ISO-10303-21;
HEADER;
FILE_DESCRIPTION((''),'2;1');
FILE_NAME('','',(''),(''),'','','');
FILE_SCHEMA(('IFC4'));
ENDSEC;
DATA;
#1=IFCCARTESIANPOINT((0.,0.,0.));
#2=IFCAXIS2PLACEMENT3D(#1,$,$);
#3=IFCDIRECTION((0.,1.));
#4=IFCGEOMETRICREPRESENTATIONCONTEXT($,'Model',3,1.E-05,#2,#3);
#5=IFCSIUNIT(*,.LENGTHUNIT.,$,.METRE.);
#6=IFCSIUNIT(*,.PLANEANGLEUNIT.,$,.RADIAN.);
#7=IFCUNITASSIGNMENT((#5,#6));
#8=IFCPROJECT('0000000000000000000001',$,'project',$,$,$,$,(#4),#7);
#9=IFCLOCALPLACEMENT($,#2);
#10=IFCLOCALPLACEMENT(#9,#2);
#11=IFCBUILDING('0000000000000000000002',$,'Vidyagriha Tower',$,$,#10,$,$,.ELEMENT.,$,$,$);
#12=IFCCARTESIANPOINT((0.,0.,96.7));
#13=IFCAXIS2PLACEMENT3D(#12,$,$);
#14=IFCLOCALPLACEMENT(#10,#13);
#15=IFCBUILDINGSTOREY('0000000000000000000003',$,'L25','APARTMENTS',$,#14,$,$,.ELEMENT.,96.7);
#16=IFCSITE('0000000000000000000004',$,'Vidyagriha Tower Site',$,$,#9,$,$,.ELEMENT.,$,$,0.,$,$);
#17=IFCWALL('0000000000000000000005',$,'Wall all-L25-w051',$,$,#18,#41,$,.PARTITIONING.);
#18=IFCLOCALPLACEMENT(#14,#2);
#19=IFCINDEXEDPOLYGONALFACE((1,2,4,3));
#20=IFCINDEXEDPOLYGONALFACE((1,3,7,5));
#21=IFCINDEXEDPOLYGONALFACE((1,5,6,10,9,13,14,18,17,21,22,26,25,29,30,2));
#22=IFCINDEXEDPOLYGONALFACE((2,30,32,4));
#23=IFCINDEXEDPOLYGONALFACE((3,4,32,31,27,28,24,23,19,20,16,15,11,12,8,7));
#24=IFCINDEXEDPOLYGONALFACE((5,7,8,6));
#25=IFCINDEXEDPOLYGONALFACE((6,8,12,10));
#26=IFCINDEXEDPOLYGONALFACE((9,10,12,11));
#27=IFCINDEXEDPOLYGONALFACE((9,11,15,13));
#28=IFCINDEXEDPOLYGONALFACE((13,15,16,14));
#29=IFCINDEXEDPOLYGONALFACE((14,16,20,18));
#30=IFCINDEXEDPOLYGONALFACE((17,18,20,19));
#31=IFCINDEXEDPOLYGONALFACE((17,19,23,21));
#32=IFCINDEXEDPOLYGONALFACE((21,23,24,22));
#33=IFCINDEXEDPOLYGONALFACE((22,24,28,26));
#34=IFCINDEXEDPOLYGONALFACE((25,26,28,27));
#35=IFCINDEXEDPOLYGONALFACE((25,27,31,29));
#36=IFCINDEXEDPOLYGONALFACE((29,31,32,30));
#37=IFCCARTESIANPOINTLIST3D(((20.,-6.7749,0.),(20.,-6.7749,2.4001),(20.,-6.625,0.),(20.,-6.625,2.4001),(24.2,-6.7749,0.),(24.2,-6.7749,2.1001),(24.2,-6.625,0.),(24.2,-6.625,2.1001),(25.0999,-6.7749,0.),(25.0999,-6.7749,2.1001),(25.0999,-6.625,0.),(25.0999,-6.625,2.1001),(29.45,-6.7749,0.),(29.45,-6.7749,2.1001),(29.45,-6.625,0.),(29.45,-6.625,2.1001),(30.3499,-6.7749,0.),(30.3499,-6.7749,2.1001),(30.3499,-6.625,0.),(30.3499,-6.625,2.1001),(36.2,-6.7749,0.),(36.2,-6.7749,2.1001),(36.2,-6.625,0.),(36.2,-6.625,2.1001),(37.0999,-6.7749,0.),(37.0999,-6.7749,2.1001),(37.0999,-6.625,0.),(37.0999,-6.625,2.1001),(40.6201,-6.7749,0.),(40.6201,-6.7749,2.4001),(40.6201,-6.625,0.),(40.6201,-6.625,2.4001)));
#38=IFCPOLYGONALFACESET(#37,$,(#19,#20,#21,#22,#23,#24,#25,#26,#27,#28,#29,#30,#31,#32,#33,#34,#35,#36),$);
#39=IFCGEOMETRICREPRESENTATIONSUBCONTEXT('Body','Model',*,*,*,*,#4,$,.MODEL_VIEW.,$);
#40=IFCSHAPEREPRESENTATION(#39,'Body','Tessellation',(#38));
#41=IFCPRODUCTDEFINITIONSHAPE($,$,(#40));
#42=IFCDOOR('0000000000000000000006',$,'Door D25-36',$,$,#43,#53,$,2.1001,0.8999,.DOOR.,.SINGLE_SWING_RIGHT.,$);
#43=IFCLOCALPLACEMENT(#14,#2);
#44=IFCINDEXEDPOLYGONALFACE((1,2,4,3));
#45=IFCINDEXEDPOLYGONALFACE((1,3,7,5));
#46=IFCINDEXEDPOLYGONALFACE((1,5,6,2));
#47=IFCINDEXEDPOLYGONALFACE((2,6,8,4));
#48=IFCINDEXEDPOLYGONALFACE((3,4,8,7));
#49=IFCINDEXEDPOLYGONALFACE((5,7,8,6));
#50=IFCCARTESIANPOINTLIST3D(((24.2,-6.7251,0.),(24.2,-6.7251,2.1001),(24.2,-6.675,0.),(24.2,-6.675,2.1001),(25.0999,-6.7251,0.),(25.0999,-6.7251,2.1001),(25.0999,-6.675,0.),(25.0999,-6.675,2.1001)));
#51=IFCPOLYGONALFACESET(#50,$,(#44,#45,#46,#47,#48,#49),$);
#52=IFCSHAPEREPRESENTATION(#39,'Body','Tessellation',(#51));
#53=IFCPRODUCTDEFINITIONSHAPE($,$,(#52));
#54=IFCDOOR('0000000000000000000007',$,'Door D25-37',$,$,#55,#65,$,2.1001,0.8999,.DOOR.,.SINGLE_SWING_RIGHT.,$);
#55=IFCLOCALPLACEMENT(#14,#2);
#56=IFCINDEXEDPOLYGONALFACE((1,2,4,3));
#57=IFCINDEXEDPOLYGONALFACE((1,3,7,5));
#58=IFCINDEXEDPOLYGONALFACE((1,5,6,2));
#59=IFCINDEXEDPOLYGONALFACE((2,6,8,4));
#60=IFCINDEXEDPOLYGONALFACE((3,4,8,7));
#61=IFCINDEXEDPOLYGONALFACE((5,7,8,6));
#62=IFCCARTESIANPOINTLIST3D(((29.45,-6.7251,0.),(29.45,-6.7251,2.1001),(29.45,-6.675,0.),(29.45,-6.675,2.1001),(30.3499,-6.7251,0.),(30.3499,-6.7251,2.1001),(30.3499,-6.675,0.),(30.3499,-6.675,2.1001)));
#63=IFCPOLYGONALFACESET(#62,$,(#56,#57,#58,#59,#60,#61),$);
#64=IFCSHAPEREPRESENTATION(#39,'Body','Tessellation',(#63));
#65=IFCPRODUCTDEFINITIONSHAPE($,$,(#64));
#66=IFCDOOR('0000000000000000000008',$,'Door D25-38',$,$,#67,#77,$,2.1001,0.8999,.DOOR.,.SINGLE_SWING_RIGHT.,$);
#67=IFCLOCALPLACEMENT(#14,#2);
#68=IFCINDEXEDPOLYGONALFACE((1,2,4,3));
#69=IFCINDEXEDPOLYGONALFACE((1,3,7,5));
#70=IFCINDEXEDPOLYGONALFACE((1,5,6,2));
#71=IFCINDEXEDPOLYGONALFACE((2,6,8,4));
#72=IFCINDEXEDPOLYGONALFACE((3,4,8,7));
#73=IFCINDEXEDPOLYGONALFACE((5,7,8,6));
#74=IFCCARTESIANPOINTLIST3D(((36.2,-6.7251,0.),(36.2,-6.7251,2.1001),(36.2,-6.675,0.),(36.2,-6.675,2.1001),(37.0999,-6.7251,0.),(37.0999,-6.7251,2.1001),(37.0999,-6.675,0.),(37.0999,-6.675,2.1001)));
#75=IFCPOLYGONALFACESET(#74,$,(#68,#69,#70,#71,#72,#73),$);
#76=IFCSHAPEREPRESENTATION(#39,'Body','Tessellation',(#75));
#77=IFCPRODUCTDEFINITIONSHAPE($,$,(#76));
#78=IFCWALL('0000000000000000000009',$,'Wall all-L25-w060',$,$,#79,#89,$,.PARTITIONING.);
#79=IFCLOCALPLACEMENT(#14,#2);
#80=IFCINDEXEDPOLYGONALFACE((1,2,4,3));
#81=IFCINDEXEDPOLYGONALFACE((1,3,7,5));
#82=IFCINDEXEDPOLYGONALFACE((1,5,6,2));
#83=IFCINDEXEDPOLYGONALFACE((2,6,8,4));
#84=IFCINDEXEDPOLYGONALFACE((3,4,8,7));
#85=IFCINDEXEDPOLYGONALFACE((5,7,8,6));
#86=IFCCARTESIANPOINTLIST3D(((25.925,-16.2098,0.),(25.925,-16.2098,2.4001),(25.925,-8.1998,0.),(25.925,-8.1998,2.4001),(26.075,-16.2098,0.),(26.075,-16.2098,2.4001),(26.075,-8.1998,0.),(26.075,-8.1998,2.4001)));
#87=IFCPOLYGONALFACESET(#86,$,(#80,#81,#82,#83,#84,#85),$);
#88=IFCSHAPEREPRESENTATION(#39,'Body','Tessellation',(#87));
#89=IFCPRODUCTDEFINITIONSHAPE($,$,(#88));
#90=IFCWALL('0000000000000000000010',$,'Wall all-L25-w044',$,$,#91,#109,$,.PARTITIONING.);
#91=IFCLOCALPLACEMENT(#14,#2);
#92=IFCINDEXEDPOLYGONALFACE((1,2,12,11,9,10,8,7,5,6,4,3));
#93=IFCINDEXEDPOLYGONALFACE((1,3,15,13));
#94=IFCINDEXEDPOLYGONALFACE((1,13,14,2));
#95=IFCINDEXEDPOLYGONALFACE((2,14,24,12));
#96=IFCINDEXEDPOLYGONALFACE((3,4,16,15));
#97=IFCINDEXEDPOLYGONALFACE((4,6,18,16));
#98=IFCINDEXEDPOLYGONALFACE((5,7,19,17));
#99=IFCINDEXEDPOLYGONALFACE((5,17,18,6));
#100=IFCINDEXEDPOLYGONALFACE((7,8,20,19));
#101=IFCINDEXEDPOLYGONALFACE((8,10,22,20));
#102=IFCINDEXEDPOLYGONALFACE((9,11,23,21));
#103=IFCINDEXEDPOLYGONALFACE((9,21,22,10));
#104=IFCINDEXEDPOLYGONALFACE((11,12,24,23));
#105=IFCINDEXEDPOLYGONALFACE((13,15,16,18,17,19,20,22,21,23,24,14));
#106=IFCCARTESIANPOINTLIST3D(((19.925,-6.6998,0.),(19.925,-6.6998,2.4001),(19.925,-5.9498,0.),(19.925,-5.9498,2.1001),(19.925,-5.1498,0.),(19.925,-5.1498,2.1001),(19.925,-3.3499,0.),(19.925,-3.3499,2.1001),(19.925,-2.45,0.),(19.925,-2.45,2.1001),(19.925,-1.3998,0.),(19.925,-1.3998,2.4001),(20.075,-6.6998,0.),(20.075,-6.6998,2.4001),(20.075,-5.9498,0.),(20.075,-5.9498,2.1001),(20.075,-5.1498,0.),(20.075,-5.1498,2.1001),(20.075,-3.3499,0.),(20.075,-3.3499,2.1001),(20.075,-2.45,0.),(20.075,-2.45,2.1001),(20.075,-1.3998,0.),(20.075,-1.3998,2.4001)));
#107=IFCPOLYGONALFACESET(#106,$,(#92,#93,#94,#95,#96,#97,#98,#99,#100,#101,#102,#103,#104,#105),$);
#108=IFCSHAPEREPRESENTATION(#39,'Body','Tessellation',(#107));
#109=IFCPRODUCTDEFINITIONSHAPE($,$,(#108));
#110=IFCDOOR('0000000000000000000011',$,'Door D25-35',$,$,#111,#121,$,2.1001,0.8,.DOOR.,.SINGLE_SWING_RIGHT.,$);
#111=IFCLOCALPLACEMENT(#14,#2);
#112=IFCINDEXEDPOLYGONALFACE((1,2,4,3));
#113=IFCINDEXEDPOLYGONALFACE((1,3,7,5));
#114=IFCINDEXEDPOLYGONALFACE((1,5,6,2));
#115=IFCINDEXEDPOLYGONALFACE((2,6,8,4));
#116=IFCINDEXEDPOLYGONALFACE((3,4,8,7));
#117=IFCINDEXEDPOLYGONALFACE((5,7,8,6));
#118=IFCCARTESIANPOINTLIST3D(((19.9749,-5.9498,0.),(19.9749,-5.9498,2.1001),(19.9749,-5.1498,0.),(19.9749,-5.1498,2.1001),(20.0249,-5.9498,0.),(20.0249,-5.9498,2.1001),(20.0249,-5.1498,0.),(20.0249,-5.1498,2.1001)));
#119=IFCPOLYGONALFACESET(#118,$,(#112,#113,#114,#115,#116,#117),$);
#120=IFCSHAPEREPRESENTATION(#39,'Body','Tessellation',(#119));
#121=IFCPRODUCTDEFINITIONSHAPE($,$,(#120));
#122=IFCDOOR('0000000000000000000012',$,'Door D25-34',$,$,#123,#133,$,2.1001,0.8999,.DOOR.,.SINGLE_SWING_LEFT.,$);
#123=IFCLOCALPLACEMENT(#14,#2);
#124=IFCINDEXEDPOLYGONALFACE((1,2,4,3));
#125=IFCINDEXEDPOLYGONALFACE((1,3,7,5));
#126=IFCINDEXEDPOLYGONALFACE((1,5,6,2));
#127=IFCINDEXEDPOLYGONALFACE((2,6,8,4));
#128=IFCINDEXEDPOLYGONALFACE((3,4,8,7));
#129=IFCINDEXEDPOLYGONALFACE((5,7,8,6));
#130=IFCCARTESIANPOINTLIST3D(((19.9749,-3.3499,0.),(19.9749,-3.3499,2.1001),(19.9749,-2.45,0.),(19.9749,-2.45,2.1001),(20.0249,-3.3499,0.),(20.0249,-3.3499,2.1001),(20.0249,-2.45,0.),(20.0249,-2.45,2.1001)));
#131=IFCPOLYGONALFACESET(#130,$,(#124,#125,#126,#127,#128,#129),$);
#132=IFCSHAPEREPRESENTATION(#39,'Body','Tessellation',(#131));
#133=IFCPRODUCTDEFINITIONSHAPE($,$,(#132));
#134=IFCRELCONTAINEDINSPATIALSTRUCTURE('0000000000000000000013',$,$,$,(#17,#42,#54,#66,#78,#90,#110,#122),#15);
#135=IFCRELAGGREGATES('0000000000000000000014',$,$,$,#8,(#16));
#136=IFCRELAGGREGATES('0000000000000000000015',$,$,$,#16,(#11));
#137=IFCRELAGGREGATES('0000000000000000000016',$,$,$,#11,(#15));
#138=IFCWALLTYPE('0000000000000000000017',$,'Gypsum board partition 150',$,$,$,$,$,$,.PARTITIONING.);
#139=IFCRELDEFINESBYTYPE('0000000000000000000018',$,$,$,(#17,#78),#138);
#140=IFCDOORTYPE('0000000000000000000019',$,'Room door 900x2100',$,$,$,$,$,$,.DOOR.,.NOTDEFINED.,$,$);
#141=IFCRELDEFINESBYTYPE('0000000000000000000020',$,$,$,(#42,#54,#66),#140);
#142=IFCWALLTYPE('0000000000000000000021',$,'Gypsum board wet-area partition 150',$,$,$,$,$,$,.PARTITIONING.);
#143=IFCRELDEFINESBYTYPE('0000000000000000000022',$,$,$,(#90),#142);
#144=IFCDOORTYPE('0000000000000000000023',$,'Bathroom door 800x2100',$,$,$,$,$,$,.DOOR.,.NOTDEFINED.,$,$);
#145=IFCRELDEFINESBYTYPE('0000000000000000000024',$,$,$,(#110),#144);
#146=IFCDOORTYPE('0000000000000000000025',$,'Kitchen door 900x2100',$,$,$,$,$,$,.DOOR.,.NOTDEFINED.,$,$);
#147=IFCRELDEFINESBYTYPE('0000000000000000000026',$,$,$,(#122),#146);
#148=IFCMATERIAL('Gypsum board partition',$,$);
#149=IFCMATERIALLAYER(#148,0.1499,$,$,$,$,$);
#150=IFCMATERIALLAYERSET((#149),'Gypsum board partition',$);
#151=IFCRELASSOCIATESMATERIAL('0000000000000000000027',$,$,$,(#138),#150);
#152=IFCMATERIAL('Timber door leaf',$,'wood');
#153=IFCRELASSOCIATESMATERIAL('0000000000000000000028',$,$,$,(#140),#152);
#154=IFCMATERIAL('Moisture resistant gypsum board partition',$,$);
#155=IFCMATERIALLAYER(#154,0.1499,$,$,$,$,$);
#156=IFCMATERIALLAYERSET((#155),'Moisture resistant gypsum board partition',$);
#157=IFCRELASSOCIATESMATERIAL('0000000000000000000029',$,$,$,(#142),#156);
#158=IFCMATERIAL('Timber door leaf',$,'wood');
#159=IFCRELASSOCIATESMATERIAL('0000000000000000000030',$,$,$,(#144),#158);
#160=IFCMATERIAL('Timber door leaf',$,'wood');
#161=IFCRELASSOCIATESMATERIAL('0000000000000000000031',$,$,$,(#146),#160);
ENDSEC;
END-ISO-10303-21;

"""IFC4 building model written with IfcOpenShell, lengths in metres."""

from ifc_helpers import new_model, si_unit, direction, frame, frame_2d, origin, place, context, subcontext, project, spatial, rectangle, extrude, material, layer, layer_set, type_object, element, fill, save


model = new_model("IFC4")

# Units and contexts
model_context = context("Model", 3, precision=1e-05, world=origin(), true_north=direction((0.0, 1.0)))
body_context = subcontext(model_context, "Body", "Model", "MODEL_VIEW")
ifc_project = project(units=[si_unit("LENGTHUNIT", "METRE"), si_unit("PLANEANGLEUNIT", "RADIAN")], contexts=[model_context])

# Site, building, storey
site_placement = place(None, origin())
site = spatial("IfcSite", under=ifc_project, at=site_placement, Name="Vidyagriha Tower Site", CompositionType="ELEMENT", RefElevation=0.0)
building_placement = place(site_placement, origin())
building = spatial("IfcBuilding", under=site, at=building_placement, Name="Vidyagriha Tower", CompositionType="ELEMENT")
storey_placement = place(building_placement, frame((0.0, 0.0, 96.7)))
storey = spatial("IfcBuildingStorey", under=building, at=storey_placement, Name="L25", Description="APARTMENTS", CompositionType="ELEMENT", Elevation=96.7)

# Shared definitions
ifc_material_1 = material(Name="Gypsum board partition")
ifc_layer_1 = layer(ifc_material_1, 0.1499)
ifc_layer_set_1 = layer_set([ifc_layer_1], Name="Gypsum board partition")
wall_type_1 = type_object("IfcWallType", Name="Gypsum board partition 150", PredefinedType="PARTITIONING", material=ifc_layer_set_1)
ifc_material_2 = material(Name="Timber door leaf", Category="wood")
door_type_1 = type_object("IfcDoorType", Name="Room door 900x2100", OperationType="NOTDEFINED", PredefinedType="DOOR", material=ifc_material_2)

# Wall, openings, doors
wall_1_placement = place(storey_placement, frame((20.0, -6.7, 0.0)))
wall_1 = element("IfcWall", 1, at=wall_1_placement, inside=storey, type_object=wall_type_1, Name="Wall all-L25-w051", PredefinedType="PARTITIONING", context=body_context, shape_type="SweptSolid", body=[
    extrude(rectangle(XDim=20.6201, YDim=0.1499, at=frame_2d((10.3101, 0.0))), origin(), (0.0, 0.0, 1.0), 2.4001),
])
opening_1_placement = place(wall_1_placement, frame((4.2, 0.0, 0.0)))
opening_1 = element("IfcOpeningElement", 2, at=opening_1_placement, cuts=wall_1, PredefinedType="OPENING", context=body_context, shape_type="SweptSolid", body=[
    extrude(rectangle(XDim=0.8999, YDim=2.1001, at=frame_2d((0.45, 1.05))), frame((0.0, 0.085, 0.0), z_axis=(0.0, -1.0, 0.0), x_axis=(1.0, 0.0, 0.0)), (0.0, 0.0, 1.0), 0.1699),
])
opening_2_placement = place(wall_1_placement, frame((9.45, 0.0, 0.0)))
opening_2 = element("IfcOpeningElement", 3, at=opening_2_placement, cuts=wall_1, PredefinedType="OPENING", context=body_context, shape_type="SweptSolid", body=[
    extrude(rectangle(XDim=0.8999, YDim=2.1001, at=frame_2d((0.45, 1.05))), frame((0.0, 0.085, 0.0), z_axis=(0.0, -1.0, 0.0), x_axis=(1.0, 0.0, 0.0)), (0.0, 0.0, 1.0), 0.1699),
])
opening_3_placement = place(wall_1_placement, frame((16.2, 0.0, 0.0)))
opening_3 = element("IfcOpeningElement", 4, at=opening_3_placement, cuts=wall_1, PredefinedType="OPENING", context=body_context, shape_type="SweptSolid", body=[
    extrude(rectangle(XDim=0.8999, YDim=2.1001, at=frame_2d((0.45, 1.05))), frame((0.0, 0.085, 0.0), z_axis=(0.0, -1.0, 0.0), x_axis=(1.0, 0.0, 0.0)), (0.0, 0.0, 1.0), 0.1699),
])
door_1_placement = place(opening_1_placement, origin())
door_1 = element("IfcDoor", 5, at=door_1_placement, inside=storey, type_object=door_type_1, Name="Door D25-36", OperationType="SINGLE_SWING_RIGHT", OverallHeight=2.1001, OverallWidth=0.8999, PredefinedType="DOOR", context=body_context, shape_type="SweptSolid", body=[
    extrude(rectangle(XDim=0.8999, YDim=2.1001, at=frame_2d((0.45, 1.05))), frame((0.0, 0.0249, 0.0), z_axis=(0.0, -1.0, 0.0), x_axis=(1.0, 0.0, 0.0)), (0.0, 0.0, 1.0), 0.05),
])
fill(opening_1, door_1)
door_2_placement = place(opening_2_placement, origin())
door_2 = element("IfcDoor", 6, at=door_2_placement, inside=storey, type_object=door_type_1, Name="Door D25-37", OperationType="SINGLE_SWING_RIGHT", OverallHeight=2.1001, OverallWidth=0.8999, PredefinedType="DOOR", context=body_context, shape_type="SweptSolid", body=[
    extrude(rectangle(XDim=0.8999, YDim=2.1001, at=frame_2d((0.45, 1.05))), frame((0.0, 0.0249, 0.0), z_axis=(0.0, -1.0, 0.0), x_axis=(1.0, 0.0, 0.0)), (0.0, 0.0, 1.0), 0.05),
])
fill(opening_2, door_2)
door_3_placement = place(opening_3_placement, origin())
door_3 = element("IfcDoor", 7, at=door_3_placement, inside=storey, type_object=door_type_1, Name="Door D25-38", OperationType="SINGLE_SWING_RIGHT", OverallHeight=2.1001, OverallWidth=0.8999, PredefinedType="DOOR", context=body_context, shape_type="SweptSolid", body=[
    extrude(rectangle(XDim=0.8999, YDim=2.1001, at=frame_2d((0.45, 1.05))), frame((0.0, 0.0249, 0.0), z_axis=(0.0, -1.0, 0.0), x_axis=(1.0, 0.0, 0.0)), (0.0, 0.0, 1.0), 0.05),
])
fill(opening_3, door_3)

# Wall
wall_2_placement = place(storey_placement, frame((26.0, -8.2, 0.0), z_axis=(0.0, 0.0, 1.0), x_axis=(0.0, -1.0, 0.0)))
element("IfcWall", 8, at=wall_2_placement, inside=storey, type_object=wall_type_1, Name="Wall all-L25-w060", PredefinedType="PARTITIONING", context=body_context, shape_type="SweptSolid", body=[
    extrude(rectangle(XDim=8.01, YDim=0.1499, at=frame_2d((4.0049, 0.0))), origin(), (0.0, 0.0, 1.0), 2.4001),
])

# Wall, openings, doors
ifc_material_3 = material(Name="Moisture resistant gypsum board partition")
ifc_layer_2 = layer(ifc_material_3, 0.1499)
ifc_layer_set_2 = layer_set([ifc_layer_2], Name="Moisture resistant gypsum board partition")
wall_type_2 = type_object("IfcWallType", Name="Gypsum board wet-area partition 150", PredefinedType="PARTITIONING", material=ifc_layer_set_2)
wall_3_placement = place(storey_placement, frame((20.0, -1.3999, 0.0), z_axis=(0.0, 0.0, 1.0), x_axis=(0.0, -1.0, 0.0)))
wall_3 = element("IfcWall", 9, at=wall_3_placement, inside=storey, type_object=wall_type_2, Name="Wall all-L25-w044", PredefinedType="PARTITIONING", context=body_context, shape_type="SweptSolid", body=[
    extrude(rectangle(XDim=5.3, YDim=0.1499, at=frame_2d((2.6499, 0.0))), origin(), (0.0, 0.0, 1.0), 2.4001),
])
opening_4_placement = place(wall_3_placement, frame((1.05, 0.0, 0.0)))
opening_4 = element("IfcOpeningElement", 10, at=opening_4_placement, cuts=wall_3, PredefinedType="OPENING", context=body_context, shape_type="SweptSolid", body=[
    extrude(rectangle(XDim=0.8999, YDim=2.1001, at=frame_2d((0.45, 1.05))), frame((0.0, 0.085, 0.0), z_axis=(0.0, -1.0, 0.0), x_axis=(1.0, 0.0, 0.0)), (0.0, 0.0, 1.0), 0.1699),
])
opening_5_placement = place(wall_3_placement, frame((3.75, 0.0, 0.0)))
opening_5 = element("IfcOpeningElement", 11, at=opening_5_placement, cuts=wall_3, PredefinedType="OPENING", context=body_context, shape_type="SweptSolid", body=[
    extrude(rectangle(XDim=0.8, YDim=2.1001, at=frame_2d((0.3999, 1.05))), frame((0.0, 0.085, 0.0), z_axis=(0.0, -1.0, 0.0), x_axis=(1.0, 0.0, 0.0)), (0.0, 0.0, 1.0), 0.1699),
])
ifc_material_4 = material(Name="Timber door leaf", Category="wood")
door_type_2 = type_object("IfcDoorType", Name="Bathroom door 800x2100", OperationType="NOTDEFINED", PredefinedType="DOOR", material=ifc_material_4)
door_4_placement = place(opening_5_placement, origin())
door_4 = element("IfcDoor", 12, at=door_4_placement, inside=storey, type_object=door_type_2, Name="Door D25-35", OperationType="SINGLE_SWING_RIGHT", OverallHeight=2.1001, OverallWidth=0.8, PredefinedType="DOOR", context=body_context, shape_type="SweptSolid", body=[
    extrude(rectangle(XDim=0.8, YDim=2.1001, at=frame_2d((0.3999, 1.05))), frame((0.0, 0.0249, 0.0), z_axis=(0.0, -1.0, 0.0), x_axis=(1.0, 0.0, 0.0)), (0.0, 0.0, 1.0), 0.05),
])
fill(opening_5, door_4)
ifc_material_5 = material(Name="Timber door leaf", Category="wood")
door_type_3 = type_object("IfcDoorType", Name="Kitchen door 900x2100", OperationType="NOTDEFINED", PredefinedType="DOOR", material=ifc_material_5)
door_5_placement = place(opening_4_placement, origin())
door_5 = element("IfcDoor", 13, at=door_5_placement, inside=storey, type_object=door_type_3, Name="Door D25-34", OperationType="SINGLE_SWING_LEFT", OverallHeight=2.1001, OverallWidth=0.8999, PredefinedType="DOOR", context=body_context, shape_type="SweptSolid", body=[
    extrude(rectangle(XDim=0.8999, YDim=2.1001, at=frame_2d((0.45, 1.05))), frame((0.0, 0.0249, 0.0), z_axis=(0.0, -1.0, 0.0), x_axis=(1.0, 0.0, 0.0)), (0.0, 0.0, 1.0), 0.05),
])
fill(opening_4, door_5)

save(model, "model.ifc")
